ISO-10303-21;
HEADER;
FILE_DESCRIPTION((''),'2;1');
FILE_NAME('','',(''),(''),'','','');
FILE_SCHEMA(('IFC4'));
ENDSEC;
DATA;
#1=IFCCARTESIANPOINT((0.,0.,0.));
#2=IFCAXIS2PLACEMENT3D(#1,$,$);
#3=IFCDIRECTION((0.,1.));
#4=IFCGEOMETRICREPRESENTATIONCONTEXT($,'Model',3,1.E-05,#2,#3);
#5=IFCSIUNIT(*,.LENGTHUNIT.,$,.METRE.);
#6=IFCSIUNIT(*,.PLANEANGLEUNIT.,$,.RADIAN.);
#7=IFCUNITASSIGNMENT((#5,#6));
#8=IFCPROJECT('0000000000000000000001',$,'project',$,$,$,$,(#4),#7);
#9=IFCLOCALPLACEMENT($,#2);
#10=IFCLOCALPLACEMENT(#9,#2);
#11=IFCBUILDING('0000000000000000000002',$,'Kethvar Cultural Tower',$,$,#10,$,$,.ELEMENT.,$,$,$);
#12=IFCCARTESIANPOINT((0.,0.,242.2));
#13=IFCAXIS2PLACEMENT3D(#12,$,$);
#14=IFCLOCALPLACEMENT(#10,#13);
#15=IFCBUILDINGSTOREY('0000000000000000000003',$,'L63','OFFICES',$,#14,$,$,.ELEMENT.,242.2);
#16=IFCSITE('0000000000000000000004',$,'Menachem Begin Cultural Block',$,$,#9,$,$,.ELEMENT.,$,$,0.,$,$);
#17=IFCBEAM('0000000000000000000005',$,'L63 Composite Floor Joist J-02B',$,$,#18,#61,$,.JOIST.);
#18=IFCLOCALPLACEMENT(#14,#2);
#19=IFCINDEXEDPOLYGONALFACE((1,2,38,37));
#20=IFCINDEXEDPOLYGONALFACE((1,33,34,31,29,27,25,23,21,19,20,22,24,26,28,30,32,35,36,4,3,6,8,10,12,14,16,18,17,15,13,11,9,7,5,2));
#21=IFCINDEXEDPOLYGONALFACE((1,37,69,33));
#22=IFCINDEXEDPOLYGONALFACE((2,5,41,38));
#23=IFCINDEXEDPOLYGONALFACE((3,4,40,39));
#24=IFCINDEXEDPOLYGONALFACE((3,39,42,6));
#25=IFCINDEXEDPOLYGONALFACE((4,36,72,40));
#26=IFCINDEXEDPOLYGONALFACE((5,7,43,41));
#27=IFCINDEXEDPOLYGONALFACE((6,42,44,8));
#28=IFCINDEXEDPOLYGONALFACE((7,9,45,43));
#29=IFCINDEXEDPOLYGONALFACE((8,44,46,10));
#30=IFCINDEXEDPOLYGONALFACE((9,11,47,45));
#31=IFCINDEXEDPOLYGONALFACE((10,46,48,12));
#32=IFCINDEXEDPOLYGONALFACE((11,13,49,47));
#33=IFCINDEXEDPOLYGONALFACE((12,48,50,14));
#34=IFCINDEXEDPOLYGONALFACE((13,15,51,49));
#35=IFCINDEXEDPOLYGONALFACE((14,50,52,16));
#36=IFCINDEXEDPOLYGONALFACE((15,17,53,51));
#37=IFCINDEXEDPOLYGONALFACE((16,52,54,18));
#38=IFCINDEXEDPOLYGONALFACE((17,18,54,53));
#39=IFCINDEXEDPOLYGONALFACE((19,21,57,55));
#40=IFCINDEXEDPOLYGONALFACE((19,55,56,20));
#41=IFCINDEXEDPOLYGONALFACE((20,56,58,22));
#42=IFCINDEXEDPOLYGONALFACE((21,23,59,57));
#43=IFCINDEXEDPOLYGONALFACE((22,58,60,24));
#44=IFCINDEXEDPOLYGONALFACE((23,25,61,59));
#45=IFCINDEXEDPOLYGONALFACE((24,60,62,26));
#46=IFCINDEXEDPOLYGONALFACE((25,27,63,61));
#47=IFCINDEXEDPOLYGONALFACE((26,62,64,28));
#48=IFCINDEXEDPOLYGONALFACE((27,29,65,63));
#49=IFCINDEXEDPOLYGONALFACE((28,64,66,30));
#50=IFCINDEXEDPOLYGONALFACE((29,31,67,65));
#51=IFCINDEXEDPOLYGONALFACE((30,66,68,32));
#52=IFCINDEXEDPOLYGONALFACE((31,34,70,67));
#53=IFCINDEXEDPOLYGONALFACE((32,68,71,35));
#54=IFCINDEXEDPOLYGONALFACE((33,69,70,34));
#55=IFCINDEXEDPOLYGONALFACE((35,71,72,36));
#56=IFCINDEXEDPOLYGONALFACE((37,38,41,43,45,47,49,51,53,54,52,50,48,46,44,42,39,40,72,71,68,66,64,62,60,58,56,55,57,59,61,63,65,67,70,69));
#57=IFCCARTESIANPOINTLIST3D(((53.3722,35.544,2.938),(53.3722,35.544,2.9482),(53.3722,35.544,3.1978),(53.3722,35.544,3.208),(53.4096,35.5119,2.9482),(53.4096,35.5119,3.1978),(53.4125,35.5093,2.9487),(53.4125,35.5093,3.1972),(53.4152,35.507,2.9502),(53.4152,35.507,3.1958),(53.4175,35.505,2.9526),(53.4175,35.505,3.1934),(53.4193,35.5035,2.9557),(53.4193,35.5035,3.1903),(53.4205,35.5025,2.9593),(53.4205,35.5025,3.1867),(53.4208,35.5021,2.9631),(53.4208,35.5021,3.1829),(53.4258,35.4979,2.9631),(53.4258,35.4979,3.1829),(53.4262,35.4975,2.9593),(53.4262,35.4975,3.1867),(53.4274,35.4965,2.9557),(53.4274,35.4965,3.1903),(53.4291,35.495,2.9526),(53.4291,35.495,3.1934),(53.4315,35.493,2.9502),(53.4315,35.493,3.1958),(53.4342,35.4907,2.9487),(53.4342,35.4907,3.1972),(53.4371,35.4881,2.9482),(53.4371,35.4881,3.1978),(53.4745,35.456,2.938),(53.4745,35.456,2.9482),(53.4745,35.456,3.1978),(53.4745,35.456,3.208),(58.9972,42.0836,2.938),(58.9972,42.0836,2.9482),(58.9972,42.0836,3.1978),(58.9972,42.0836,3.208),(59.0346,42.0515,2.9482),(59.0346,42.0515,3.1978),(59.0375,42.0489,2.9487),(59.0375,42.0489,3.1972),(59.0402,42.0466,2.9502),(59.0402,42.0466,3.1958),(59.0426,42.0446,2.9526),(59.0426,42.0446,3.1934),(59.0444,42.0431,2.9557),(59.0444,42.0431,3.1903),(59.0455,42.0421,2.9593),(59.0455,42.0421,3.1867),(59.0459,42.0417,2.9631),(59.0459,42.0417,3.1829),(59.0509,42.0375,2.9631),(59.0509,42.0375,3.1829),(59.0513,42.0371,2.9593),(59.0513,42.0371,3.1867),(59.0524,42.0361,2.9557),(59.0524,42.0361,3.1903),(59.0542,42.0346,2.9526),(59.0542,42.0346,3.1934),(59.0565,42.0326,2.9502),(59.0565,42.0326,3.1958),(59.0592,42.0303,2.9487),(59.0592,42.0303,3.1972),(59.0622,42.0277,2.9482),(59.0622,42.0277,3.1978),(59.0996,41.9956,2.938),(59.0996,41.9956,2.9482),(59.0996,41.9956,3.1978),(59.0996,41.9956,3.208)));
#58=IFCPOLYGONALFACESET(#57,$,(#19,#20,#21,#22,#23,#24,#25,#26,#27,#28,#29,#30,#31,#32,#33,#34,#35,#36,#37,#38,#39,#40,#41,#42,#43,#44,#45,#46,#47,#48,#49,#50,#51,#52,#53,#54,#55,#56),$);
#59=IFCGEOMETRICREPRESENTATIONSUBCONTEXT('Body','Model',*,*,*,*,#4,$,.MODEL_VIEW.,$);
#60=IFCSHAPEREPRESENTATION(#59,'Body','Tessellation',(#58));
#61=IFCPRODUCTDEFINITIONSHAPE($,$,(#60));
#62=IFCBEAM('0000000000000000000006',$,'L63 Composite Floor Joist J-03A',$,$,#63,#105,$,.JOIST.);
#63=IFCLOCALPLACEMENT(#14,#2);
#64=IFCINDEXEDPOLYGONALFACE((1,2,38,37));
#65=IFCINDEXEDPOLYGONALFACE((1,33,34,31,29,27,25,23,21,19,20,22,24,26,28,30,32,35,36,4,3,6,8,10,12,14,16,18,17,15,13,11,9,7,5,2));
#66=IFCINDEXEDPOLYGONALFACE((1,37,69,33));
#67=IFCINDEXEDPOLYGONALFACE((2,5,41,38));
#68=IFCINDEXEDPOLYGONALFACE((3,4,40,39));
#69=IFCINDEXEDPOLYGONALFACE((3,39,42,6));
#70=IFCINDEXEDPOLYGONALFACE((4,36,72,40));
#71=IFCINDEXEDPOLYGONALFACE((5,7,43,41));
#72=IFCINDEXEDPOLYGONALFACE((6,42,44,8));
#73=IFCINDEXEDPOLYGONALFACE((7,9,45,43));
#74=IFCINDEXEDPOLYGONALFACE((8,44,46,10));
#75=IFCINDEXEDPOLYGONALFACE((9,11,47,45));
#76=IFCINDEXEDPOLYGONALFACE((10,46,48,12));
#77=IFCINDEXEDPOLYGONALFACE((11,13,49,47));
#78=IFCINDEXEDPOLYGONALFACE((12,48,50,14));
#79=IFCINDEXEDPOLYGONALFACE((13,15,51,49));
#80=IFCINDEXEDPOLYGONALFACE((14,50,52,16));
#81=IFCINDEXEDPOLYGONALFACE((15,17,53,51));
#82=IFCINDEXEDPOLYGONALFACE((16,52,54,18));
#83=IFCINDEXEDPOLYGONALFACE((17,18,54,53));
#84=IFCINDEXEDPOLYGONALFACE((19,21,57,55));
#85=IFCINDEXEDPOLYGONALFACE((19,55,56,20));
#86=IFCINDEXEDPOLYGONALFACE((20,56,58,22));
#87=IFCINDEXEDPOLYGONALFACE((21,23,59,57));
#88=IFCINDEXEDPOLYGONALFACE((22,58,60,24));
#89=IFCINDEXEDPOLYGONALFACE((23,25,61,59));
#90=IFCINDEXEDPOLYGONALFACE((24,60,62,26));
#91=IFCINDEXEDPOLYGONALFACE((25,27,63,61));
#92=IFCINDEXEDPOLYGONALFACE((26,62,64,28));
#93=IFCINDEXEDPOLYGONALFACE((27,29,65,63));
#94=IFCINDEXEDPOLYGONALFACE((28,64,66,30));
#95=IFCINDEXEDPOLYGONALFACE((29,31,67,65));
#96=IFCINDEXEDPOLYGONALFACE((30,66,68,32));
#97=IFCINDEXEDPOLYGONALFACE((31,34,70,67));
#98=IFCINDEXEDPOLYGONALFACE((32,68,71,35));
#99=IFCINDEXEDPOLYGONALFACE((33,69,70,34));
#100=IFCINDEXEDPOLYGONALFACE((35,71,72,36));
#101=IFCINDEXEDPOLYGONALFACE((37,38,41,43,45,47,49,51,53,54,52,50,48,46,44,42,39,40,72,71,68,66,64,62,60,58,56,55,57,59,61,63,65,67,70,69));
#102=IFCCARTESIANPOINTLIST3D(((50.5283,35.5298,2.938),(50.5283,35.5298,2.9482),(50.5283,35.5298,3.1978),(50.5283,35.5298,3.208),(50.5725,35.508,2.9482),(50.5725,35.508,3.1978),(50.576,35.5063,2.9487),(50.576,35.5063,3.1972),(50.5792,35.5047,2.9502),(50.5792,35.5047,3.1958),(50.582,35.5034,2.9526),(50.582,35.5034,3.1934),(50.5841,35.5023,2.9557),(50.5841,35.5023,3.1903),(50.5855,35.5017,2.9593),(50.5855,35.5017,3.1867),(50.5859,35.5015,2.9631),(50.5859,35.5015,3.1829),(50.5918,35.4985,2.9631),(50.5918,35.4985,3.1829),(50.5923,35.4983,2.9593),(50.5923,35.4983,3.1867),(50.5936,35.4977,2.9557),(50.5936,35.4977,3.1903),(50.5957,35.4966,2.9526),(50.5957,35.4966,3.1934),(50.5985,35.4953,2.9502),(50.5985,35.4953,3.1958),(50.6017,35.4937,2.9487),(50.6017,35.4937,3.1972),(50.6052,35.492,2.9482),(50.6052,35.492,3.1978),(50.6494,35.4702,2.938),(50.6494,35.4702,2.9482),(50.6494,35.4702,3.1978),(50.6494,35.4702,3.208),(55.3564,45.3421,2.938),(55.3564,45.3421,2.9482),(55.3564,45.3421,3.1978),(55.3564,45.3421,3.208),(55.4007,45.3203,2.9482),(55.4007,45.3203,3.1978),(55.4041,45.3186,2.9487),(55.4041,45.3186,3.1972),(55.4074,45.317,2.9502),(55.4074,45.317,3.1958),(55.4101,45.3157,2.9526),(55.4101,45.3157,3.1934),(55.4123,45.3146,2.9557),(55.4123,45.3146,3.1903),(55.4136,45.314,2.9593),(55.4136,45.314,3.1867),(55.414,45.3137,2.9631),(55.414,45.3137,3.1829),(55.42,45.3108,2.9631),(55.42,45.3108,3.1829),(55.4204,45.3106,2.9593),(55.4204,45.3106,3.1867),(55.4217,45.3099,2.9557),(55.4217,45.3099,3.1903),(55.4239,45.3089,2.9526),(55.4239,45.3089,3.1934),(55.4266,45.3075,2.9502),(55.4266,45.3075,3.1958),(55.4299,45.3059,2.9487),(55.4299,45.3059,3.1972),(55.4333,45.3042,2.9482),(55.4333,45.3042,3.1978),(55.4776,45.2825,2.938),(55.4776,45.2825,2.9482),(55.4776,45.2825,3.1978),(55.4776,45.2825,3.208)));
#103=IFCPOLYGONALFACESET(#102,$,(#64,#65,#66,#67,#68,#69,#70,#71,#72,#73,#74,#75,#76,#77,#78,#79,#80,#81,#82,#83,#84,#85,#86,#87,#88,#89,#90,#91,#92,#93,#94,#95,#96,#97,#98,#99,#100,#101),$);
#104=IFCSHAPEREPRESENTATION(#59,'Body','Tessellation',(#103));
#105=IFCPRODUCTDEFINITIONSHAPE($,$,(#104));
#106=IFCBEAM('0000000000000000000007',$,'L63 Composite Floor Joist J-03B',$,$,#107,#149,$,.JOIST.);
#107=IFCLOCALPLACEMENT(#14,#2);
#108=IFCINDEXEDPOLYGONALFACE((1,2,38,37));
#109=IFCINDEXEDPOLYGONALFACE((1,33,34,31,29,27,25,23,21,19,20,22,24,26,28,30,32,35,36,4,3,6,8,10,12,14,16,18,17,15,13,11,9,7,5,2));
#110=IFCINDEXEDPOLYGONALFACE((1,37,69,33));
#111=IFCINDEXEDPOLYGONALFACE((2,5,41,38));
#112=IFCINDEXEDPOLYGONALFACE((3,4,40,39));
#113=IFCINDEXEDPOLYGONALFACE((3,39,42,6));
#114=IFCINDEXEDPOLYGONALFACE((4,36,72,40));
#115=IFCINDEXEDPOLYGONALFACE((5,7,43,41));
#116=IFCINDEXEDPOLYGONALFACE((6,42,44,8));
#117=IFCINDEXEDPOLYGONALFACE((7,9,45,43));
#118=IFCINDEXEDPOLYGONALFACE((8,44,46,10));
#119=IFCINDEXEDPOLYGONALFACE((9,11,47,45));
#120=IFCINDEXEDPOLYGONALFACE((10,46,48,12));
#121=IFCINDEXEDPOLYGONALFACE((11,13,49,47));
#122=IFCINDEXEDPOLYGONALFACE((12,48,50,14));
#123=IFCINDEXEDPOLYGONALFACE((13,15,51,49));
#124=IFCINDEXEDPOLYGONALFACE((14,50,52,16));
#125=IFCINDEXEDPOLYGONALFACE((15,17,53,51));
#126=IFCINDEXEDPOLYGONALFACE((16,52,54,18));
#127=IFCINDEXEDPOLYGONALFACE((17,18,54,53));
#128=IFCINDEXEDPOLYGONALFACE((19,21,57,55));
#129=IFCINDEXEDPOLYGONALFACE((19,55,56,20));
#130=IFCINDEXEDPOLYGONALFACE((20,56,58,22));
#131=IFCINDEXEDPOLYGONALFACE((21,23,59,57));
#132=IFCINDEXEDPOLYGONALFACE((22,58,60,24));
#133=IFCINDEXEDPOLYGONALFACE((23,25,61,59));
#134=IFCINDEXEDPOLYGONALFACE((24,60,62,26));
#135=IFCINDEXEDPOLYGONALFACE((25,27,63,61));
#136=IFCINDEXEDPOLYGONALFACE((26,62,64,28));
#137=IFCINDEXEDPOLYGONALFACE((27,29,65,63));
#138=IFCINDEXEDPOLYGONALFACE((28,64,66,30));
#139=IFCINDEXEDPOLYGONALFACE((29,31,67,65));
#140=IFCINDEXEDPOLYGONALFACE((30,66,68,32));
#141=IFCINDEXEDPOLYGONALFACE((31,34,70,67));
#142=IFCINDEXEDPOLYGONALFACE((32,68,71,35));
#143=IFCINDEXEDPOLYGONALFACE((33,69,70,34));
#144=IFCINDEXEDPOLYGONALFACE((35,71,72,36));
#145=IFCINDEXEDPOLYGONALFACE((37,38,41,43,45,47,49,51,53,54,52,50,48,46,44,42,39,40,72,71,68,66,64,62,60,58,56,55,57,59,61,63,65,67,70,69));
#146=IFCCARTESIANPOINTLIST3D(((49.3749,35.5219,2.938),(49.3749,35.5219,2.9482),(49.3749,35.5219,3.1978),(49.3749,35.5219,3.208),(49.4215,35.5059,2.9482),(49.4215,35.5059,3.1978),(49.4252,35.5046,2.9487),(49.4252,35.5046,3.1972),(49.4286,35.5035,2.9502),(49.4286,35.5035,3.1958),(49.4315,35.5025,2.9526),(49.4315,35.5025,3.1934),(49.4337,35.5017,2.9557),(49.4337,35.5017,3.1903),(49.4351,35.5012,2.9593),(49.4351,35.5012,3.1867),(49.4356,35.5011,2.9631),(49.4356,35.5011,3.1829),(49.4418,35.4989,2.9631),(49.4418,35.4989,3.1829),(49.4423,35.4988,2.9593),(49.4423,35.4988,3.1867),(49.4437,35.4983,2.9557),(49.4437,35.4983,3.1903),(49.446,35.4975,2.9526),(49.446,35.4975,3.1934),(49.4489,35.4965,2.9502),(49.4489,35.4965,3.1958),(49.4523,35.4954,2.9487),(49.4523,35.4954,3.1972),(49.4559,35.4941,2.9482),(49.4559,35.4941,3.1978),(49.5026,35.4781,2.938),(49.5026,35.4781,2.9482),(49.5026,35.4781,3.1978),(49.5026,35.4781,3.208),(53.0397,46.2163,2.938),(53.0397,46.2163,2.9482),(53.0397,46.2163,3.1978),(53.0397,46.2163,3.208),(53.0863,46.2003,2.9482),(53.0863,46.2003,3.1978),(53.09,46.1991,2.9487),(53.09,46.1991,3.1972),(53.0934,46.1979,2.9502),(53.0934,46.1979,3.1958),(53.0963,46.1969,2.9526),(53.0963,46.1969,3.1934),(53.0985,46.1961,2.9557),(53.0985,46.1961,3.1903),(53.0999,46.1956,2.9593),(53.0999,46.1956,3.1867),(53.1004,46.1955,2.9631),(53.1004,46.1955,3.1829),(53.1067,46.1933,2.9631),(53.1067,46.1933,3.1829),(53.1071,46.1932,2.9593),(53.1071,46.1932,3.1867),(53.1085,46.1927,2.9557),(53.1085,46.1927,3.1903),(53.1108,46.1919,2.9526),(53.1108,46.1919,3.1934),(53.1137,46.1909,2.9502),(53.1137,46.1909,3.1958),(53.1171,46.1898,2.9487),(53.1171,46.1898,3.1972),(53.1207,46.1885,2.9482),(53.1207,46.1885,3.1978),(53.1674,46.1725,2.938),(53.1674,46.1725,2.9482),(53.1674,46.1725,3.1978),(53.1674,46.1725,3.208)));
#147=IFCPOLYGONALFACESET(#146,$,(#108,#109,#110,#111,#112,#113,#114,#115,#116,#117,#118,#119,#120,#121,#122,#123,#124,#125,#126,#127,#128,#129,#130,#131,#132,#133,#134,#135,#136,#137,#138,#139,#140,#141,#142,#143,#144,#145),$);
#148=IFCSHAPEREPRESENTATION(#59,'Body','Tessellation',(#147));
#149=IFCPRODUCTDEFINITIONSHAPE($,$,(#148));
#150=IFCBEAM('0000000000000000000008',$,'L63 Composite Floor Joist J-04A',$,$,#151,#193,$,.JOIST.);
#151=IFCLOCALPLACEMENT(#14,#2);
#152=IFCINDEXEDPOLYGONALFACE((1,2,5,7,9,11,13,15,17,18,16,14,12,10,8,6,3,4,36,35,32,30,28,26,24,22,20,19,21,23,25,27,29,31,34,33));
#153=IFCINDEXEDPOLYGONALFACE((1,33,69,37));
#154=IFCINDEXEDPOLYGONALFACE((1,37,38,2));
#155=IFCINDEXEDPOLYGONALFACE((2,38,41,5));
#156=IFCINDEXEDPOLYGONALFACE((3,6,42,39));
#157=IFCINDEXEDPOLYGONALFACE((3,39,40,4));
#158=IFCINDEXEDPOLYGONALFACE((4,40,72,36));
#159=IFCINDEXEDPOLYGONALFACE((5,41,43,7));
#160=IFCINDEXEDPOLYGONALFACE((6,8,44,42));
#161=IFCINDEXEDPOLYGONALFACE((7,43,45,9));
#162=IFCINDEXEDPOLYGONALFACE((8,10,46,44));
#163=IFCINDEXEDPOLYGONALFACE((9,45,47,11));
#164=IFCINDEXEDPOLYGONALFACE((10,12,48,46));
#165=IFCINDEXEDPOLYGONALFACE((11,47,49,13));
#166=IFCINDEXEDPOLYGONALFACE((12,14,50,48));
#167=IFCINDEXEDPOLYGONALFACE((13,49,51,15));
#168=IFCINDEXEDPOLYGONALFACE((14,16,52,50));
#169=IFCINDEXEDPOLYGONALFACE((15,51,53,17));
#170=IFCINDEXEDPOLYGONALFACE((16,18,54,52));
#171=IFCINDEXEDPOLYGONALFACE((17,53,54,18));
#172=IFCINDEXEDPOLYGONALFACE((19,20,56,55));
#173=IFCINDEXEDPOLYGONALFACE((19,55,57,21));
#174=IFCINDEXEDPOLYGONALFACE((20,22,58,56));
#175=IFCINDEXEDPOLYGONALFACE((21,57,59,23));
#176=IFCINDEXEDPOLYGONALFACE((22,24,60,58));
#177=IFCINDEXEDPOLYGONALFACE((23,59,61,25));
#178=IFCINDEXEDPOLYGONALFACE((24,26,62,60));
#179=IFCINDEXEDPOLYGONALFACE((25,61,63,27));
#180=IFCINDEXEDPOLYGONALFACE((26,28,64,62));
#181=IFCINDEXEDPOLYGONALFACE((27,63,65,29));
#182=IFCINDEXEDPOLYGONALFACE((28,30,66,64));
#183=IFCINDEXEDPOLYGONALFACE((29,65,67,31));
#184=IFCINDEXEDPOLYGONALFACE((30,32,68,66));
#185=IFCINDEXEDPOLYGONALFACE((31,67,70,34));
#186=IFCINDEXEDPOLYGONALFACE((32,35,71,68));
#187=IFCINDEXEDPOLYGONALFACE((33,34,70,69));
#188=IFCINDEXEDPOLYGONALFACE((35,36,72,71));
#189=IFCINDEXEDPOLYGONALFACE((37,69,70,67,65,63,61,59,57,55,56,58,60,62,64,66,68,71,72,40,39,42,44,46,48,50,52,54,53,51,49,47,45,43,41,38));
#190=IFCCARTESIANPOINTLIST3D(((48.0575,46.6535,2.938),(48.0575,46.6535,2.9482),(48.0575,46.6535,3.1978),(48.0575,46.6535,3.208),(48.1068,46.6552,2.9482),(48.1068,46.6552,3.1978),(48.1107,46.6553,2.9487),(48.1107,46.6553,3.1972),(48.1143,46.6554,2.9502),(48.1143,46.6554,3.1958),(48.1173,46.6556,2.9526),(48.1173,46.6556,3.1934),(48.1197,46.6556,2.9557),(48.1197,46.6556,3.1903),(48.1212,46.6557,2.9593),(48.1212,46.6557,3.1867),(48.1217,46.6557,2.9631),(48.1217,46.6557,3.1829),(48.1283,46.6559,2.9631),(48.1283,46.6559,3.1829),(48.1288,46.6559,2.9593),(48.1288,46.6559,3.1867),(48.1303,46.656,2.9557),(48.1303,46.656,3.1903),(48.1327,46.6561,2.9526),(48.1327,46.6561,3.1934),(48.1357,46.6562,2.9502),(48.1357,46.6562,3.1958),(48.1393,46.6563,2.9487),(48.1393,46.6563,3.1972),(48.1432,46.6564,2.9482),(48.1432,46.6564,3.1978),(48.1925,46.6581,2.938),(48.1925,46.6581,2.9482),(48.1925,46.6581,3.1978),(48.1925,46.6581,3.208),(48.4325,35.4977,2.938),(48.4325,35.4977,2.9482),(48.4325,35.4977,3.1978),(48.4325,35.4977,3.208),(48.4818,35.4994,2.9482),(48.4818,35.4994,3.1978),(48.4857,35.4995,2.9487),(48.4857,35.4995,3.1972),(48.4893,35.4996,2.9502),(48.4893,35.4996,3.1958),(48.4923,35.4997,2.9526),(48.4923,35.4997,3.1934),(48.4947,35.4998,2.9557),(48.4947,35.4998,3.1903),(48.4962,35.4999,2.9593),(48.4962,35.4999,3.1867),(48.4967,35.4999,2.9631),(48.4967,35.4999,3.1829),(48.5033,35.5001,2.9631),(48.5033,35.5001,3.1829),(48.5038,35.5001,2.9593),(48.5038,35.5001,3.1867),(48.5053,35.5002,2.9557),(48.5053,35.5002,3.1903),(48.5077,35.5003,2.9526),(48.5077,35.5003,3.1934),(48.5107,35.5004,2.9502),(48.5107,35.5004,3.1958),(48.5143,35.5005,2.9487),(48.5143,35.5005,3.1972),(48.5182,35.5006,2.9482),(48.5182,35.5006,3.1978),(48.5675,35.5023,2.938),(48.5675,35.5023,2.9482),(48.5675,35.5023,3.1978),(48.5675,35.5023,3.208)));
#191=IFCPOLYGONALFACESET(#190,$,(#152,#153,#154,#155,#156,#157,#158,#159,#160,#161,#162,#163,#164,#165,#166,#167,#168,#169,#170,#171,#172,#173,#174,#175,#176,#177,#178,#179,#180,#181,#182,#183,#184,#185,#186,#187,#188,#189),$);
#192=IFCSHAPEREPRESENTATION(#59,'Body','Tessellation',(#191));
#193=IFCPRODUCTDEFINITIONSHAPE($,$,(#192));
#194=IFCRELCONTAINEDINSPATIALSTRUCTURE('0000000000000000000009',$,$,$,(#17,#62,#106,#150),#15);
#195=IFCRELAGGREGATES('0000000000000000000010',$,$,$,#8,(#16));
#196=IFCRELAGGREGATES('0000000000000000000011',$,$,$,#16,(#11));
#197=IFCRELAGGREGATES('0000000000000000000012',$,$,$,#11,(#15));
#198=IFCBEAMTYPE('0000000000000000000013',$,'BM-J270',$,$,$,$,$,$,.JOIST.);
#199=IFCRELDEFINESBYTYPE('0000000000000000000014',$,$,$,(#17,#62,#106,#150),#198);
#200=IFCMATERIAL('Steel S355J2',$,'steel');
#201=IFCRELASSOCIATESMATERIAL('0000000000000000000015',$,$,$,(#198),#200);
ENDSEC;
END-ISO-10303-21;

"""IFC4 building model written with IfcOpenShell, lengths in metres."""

from ifc_helpers import new_model, si_unit, direction, frame, origin, origin_2d, place, context, subcontext, project, spatial, i_section, extrude, source, transform, mapped, material, material_profile, profile_set, type_object, element, save


model = new_model("IFC4")

# Units and contexts
model_context = context("Model", 3, precision=1e-05, world=origin(), true_north=direction((0.0, 1.0)))
body_context = subcontext(model_context, "Body", "Model", "MODEL_VIEW")
ifc_project = project(units=[si_unit("LENGTHUNIT", "METRE"), si_unit("PLANEANGLEUNIT", "RADIAN")], contexts=[model_context])

# Site, building, storey
site_placement = place(None, origin())
site = spatial("IfcSite", under=ifc_project, at=site_placement, Name="Menachem Begin Cultural Block", CompositionType="ELEMENT", RefElevation=0.0)
building_placement = place(site_placement, origin())
building = spatial("IfcBuilding", under=site, at=building_placement, Name="Kethvar Cultural Tower", CompositionType="ELEMENT")
storey_placement = place(building_placement, frame((0.0, 0.0, 242.2)))
storey = spatial("IfcBuildingStorey", under=building, at=storey_placement, Name="L63", Description="OFFICES", CompositionType="ELEMENT", Elevation=242.2)

# Beams
ifc_material_1 = material(Name="Steel S355J2", Category="steel")
ifc_material_profile_1 = material_profile(ifc_material_1, i_section(OverallWidth=0.135, OverallDepth=0.27, WebThickness=0.0066, FlangeThickness=0.0103, FilletRadius=0.0149, at=origin_2d()), Name="Steel S355J2 — IPE270")
ifc_profile_set_1 = profile_set([ifc_material_profile_1], Name="Steel S355J2 — IPE270")
beam_type_1 = type_object("IfcBeamType", Name="BM-J270", PredefinedType="JOIST", material=ifc_profile_set_1)
shared_shape_1 = source(origin(), body_context, "Body", "SweptSolid", [
    extrude(i_section(OverallWidth=0.135, OverallDepth=0.27, WebThickness=0.0066, FlangeThickness=0.0103, FilletRadius=0.0149, at=origin_2d()), origin(), (0.0, 0.0, 1.0), 8.626),
])
beam_1_placement = place(storey_placement, frame((53.4233, 35.5, 3.073), z_axis=(0.652105, 0.758129, 0.0), x_axis=(-0.758129, 0.652105, 0.0)))
element("IfcBeam", 1, at=beam_1_placement, inside=storey, type_object=beam_type_1, Name="L63 Composite Floor Joist J-02B", PredefinedType="JOIST", context=body_context, shape_type="MappedRepresentation", body=[
    mapped(shared_shape_1, transform((0.0, 0.0, 0.0), scale=1.0)),
])
shared_shape_2 = source(origin(), body_context, "Body", "SweptSolid", [
    extrude(i_section(OverallWidth=0.135, OverallDepth=0.27, WebThickness=0.0066, FlangeThickness=0.0103, FilletRadius=0.0149, at=origin_2d()), origin(), (0.0, 0.0, 1.0), 10.9358),
])
beam_2_placement = place(storey_placement, frame((50.5889, 35.5, 3.073), z_axis=(0.441498, 0.897262, 0.0), x_axis=(-0.897262, 0.441498, 0.0)))
element("IfcBeam", 2, at=beam_2_placement, inside=storey, type_object=beam_type_1, Name="L63 Composite Floor Joist J-03A", PredefinedType="JOIST", context=body_context, shape_type="MappedRepresentation", body=[
    mapped(shared_shape_2, transform((0.0, 0.0, 0.0), scale=1.0)),
])
shared_shape_3 = source(origin(), body_context, "Body", "SweptSolid", [
    extrude(i_section(OverallWidth=0.135, OverallDepth=0.27, WebThickness=0.0066, FlangeThickness=0.0103, FilletRadius=0.0149, at=origin_2d()), origin(), (0.0, 0.0, 1.0), 11.3049),
])
beam_3_placement = place(storey_placement, frame((49.4387, 35.5, 3.073), z_axis=(0.324179, 0.945996, 0.0), x_axis=(-0.945996, 0.324179, 0.0)))
element("IfcBeam", 3, at=beam_3_placement, inside=storey, type_object=beam_type_1, Name="L63 Composite Floor Joist J-03B", PredefinedType="JOIST", context=body_context, shape_type="MappedRepresentation", body=[
    mapped(shared_shape_3, transform((0.0, 0.0, 0.0), scale=1.0)),
])
shared_shape_4 = source(origin(), body_context, "Body", "SweptSolid", [
    extrude(i_section(OverallWidth=0.135, OverallDepth=0.27, WebThickness=0.0066, FlangeThickness=0.0103, FilletRadius=0.0149, at=origin_2d()), origin(), (0.0, 0.0, 1.0), 11.1621),
])
beam_4_placement = place(storey_placement, frame((48.5, 35.5, 3.073), z_axis=(-0.033596, 0.999435, 0.0), x_axis=(-0.999435, -0.033596, 0.0)))
element("IfcBeam", 4, at=beam_4_placement, inside=storey, type_object=beam_type_1, Name="L63 Composite Floor Joist J-04A", PredefinedType="JOIST", context=body_context, shape_type="MappedRepresentation", body=[
    mapped(shared_shape_4, transform((0.0, 0.0, 0.0), scale=1.0)),
])

save(model, "model.ifc")
